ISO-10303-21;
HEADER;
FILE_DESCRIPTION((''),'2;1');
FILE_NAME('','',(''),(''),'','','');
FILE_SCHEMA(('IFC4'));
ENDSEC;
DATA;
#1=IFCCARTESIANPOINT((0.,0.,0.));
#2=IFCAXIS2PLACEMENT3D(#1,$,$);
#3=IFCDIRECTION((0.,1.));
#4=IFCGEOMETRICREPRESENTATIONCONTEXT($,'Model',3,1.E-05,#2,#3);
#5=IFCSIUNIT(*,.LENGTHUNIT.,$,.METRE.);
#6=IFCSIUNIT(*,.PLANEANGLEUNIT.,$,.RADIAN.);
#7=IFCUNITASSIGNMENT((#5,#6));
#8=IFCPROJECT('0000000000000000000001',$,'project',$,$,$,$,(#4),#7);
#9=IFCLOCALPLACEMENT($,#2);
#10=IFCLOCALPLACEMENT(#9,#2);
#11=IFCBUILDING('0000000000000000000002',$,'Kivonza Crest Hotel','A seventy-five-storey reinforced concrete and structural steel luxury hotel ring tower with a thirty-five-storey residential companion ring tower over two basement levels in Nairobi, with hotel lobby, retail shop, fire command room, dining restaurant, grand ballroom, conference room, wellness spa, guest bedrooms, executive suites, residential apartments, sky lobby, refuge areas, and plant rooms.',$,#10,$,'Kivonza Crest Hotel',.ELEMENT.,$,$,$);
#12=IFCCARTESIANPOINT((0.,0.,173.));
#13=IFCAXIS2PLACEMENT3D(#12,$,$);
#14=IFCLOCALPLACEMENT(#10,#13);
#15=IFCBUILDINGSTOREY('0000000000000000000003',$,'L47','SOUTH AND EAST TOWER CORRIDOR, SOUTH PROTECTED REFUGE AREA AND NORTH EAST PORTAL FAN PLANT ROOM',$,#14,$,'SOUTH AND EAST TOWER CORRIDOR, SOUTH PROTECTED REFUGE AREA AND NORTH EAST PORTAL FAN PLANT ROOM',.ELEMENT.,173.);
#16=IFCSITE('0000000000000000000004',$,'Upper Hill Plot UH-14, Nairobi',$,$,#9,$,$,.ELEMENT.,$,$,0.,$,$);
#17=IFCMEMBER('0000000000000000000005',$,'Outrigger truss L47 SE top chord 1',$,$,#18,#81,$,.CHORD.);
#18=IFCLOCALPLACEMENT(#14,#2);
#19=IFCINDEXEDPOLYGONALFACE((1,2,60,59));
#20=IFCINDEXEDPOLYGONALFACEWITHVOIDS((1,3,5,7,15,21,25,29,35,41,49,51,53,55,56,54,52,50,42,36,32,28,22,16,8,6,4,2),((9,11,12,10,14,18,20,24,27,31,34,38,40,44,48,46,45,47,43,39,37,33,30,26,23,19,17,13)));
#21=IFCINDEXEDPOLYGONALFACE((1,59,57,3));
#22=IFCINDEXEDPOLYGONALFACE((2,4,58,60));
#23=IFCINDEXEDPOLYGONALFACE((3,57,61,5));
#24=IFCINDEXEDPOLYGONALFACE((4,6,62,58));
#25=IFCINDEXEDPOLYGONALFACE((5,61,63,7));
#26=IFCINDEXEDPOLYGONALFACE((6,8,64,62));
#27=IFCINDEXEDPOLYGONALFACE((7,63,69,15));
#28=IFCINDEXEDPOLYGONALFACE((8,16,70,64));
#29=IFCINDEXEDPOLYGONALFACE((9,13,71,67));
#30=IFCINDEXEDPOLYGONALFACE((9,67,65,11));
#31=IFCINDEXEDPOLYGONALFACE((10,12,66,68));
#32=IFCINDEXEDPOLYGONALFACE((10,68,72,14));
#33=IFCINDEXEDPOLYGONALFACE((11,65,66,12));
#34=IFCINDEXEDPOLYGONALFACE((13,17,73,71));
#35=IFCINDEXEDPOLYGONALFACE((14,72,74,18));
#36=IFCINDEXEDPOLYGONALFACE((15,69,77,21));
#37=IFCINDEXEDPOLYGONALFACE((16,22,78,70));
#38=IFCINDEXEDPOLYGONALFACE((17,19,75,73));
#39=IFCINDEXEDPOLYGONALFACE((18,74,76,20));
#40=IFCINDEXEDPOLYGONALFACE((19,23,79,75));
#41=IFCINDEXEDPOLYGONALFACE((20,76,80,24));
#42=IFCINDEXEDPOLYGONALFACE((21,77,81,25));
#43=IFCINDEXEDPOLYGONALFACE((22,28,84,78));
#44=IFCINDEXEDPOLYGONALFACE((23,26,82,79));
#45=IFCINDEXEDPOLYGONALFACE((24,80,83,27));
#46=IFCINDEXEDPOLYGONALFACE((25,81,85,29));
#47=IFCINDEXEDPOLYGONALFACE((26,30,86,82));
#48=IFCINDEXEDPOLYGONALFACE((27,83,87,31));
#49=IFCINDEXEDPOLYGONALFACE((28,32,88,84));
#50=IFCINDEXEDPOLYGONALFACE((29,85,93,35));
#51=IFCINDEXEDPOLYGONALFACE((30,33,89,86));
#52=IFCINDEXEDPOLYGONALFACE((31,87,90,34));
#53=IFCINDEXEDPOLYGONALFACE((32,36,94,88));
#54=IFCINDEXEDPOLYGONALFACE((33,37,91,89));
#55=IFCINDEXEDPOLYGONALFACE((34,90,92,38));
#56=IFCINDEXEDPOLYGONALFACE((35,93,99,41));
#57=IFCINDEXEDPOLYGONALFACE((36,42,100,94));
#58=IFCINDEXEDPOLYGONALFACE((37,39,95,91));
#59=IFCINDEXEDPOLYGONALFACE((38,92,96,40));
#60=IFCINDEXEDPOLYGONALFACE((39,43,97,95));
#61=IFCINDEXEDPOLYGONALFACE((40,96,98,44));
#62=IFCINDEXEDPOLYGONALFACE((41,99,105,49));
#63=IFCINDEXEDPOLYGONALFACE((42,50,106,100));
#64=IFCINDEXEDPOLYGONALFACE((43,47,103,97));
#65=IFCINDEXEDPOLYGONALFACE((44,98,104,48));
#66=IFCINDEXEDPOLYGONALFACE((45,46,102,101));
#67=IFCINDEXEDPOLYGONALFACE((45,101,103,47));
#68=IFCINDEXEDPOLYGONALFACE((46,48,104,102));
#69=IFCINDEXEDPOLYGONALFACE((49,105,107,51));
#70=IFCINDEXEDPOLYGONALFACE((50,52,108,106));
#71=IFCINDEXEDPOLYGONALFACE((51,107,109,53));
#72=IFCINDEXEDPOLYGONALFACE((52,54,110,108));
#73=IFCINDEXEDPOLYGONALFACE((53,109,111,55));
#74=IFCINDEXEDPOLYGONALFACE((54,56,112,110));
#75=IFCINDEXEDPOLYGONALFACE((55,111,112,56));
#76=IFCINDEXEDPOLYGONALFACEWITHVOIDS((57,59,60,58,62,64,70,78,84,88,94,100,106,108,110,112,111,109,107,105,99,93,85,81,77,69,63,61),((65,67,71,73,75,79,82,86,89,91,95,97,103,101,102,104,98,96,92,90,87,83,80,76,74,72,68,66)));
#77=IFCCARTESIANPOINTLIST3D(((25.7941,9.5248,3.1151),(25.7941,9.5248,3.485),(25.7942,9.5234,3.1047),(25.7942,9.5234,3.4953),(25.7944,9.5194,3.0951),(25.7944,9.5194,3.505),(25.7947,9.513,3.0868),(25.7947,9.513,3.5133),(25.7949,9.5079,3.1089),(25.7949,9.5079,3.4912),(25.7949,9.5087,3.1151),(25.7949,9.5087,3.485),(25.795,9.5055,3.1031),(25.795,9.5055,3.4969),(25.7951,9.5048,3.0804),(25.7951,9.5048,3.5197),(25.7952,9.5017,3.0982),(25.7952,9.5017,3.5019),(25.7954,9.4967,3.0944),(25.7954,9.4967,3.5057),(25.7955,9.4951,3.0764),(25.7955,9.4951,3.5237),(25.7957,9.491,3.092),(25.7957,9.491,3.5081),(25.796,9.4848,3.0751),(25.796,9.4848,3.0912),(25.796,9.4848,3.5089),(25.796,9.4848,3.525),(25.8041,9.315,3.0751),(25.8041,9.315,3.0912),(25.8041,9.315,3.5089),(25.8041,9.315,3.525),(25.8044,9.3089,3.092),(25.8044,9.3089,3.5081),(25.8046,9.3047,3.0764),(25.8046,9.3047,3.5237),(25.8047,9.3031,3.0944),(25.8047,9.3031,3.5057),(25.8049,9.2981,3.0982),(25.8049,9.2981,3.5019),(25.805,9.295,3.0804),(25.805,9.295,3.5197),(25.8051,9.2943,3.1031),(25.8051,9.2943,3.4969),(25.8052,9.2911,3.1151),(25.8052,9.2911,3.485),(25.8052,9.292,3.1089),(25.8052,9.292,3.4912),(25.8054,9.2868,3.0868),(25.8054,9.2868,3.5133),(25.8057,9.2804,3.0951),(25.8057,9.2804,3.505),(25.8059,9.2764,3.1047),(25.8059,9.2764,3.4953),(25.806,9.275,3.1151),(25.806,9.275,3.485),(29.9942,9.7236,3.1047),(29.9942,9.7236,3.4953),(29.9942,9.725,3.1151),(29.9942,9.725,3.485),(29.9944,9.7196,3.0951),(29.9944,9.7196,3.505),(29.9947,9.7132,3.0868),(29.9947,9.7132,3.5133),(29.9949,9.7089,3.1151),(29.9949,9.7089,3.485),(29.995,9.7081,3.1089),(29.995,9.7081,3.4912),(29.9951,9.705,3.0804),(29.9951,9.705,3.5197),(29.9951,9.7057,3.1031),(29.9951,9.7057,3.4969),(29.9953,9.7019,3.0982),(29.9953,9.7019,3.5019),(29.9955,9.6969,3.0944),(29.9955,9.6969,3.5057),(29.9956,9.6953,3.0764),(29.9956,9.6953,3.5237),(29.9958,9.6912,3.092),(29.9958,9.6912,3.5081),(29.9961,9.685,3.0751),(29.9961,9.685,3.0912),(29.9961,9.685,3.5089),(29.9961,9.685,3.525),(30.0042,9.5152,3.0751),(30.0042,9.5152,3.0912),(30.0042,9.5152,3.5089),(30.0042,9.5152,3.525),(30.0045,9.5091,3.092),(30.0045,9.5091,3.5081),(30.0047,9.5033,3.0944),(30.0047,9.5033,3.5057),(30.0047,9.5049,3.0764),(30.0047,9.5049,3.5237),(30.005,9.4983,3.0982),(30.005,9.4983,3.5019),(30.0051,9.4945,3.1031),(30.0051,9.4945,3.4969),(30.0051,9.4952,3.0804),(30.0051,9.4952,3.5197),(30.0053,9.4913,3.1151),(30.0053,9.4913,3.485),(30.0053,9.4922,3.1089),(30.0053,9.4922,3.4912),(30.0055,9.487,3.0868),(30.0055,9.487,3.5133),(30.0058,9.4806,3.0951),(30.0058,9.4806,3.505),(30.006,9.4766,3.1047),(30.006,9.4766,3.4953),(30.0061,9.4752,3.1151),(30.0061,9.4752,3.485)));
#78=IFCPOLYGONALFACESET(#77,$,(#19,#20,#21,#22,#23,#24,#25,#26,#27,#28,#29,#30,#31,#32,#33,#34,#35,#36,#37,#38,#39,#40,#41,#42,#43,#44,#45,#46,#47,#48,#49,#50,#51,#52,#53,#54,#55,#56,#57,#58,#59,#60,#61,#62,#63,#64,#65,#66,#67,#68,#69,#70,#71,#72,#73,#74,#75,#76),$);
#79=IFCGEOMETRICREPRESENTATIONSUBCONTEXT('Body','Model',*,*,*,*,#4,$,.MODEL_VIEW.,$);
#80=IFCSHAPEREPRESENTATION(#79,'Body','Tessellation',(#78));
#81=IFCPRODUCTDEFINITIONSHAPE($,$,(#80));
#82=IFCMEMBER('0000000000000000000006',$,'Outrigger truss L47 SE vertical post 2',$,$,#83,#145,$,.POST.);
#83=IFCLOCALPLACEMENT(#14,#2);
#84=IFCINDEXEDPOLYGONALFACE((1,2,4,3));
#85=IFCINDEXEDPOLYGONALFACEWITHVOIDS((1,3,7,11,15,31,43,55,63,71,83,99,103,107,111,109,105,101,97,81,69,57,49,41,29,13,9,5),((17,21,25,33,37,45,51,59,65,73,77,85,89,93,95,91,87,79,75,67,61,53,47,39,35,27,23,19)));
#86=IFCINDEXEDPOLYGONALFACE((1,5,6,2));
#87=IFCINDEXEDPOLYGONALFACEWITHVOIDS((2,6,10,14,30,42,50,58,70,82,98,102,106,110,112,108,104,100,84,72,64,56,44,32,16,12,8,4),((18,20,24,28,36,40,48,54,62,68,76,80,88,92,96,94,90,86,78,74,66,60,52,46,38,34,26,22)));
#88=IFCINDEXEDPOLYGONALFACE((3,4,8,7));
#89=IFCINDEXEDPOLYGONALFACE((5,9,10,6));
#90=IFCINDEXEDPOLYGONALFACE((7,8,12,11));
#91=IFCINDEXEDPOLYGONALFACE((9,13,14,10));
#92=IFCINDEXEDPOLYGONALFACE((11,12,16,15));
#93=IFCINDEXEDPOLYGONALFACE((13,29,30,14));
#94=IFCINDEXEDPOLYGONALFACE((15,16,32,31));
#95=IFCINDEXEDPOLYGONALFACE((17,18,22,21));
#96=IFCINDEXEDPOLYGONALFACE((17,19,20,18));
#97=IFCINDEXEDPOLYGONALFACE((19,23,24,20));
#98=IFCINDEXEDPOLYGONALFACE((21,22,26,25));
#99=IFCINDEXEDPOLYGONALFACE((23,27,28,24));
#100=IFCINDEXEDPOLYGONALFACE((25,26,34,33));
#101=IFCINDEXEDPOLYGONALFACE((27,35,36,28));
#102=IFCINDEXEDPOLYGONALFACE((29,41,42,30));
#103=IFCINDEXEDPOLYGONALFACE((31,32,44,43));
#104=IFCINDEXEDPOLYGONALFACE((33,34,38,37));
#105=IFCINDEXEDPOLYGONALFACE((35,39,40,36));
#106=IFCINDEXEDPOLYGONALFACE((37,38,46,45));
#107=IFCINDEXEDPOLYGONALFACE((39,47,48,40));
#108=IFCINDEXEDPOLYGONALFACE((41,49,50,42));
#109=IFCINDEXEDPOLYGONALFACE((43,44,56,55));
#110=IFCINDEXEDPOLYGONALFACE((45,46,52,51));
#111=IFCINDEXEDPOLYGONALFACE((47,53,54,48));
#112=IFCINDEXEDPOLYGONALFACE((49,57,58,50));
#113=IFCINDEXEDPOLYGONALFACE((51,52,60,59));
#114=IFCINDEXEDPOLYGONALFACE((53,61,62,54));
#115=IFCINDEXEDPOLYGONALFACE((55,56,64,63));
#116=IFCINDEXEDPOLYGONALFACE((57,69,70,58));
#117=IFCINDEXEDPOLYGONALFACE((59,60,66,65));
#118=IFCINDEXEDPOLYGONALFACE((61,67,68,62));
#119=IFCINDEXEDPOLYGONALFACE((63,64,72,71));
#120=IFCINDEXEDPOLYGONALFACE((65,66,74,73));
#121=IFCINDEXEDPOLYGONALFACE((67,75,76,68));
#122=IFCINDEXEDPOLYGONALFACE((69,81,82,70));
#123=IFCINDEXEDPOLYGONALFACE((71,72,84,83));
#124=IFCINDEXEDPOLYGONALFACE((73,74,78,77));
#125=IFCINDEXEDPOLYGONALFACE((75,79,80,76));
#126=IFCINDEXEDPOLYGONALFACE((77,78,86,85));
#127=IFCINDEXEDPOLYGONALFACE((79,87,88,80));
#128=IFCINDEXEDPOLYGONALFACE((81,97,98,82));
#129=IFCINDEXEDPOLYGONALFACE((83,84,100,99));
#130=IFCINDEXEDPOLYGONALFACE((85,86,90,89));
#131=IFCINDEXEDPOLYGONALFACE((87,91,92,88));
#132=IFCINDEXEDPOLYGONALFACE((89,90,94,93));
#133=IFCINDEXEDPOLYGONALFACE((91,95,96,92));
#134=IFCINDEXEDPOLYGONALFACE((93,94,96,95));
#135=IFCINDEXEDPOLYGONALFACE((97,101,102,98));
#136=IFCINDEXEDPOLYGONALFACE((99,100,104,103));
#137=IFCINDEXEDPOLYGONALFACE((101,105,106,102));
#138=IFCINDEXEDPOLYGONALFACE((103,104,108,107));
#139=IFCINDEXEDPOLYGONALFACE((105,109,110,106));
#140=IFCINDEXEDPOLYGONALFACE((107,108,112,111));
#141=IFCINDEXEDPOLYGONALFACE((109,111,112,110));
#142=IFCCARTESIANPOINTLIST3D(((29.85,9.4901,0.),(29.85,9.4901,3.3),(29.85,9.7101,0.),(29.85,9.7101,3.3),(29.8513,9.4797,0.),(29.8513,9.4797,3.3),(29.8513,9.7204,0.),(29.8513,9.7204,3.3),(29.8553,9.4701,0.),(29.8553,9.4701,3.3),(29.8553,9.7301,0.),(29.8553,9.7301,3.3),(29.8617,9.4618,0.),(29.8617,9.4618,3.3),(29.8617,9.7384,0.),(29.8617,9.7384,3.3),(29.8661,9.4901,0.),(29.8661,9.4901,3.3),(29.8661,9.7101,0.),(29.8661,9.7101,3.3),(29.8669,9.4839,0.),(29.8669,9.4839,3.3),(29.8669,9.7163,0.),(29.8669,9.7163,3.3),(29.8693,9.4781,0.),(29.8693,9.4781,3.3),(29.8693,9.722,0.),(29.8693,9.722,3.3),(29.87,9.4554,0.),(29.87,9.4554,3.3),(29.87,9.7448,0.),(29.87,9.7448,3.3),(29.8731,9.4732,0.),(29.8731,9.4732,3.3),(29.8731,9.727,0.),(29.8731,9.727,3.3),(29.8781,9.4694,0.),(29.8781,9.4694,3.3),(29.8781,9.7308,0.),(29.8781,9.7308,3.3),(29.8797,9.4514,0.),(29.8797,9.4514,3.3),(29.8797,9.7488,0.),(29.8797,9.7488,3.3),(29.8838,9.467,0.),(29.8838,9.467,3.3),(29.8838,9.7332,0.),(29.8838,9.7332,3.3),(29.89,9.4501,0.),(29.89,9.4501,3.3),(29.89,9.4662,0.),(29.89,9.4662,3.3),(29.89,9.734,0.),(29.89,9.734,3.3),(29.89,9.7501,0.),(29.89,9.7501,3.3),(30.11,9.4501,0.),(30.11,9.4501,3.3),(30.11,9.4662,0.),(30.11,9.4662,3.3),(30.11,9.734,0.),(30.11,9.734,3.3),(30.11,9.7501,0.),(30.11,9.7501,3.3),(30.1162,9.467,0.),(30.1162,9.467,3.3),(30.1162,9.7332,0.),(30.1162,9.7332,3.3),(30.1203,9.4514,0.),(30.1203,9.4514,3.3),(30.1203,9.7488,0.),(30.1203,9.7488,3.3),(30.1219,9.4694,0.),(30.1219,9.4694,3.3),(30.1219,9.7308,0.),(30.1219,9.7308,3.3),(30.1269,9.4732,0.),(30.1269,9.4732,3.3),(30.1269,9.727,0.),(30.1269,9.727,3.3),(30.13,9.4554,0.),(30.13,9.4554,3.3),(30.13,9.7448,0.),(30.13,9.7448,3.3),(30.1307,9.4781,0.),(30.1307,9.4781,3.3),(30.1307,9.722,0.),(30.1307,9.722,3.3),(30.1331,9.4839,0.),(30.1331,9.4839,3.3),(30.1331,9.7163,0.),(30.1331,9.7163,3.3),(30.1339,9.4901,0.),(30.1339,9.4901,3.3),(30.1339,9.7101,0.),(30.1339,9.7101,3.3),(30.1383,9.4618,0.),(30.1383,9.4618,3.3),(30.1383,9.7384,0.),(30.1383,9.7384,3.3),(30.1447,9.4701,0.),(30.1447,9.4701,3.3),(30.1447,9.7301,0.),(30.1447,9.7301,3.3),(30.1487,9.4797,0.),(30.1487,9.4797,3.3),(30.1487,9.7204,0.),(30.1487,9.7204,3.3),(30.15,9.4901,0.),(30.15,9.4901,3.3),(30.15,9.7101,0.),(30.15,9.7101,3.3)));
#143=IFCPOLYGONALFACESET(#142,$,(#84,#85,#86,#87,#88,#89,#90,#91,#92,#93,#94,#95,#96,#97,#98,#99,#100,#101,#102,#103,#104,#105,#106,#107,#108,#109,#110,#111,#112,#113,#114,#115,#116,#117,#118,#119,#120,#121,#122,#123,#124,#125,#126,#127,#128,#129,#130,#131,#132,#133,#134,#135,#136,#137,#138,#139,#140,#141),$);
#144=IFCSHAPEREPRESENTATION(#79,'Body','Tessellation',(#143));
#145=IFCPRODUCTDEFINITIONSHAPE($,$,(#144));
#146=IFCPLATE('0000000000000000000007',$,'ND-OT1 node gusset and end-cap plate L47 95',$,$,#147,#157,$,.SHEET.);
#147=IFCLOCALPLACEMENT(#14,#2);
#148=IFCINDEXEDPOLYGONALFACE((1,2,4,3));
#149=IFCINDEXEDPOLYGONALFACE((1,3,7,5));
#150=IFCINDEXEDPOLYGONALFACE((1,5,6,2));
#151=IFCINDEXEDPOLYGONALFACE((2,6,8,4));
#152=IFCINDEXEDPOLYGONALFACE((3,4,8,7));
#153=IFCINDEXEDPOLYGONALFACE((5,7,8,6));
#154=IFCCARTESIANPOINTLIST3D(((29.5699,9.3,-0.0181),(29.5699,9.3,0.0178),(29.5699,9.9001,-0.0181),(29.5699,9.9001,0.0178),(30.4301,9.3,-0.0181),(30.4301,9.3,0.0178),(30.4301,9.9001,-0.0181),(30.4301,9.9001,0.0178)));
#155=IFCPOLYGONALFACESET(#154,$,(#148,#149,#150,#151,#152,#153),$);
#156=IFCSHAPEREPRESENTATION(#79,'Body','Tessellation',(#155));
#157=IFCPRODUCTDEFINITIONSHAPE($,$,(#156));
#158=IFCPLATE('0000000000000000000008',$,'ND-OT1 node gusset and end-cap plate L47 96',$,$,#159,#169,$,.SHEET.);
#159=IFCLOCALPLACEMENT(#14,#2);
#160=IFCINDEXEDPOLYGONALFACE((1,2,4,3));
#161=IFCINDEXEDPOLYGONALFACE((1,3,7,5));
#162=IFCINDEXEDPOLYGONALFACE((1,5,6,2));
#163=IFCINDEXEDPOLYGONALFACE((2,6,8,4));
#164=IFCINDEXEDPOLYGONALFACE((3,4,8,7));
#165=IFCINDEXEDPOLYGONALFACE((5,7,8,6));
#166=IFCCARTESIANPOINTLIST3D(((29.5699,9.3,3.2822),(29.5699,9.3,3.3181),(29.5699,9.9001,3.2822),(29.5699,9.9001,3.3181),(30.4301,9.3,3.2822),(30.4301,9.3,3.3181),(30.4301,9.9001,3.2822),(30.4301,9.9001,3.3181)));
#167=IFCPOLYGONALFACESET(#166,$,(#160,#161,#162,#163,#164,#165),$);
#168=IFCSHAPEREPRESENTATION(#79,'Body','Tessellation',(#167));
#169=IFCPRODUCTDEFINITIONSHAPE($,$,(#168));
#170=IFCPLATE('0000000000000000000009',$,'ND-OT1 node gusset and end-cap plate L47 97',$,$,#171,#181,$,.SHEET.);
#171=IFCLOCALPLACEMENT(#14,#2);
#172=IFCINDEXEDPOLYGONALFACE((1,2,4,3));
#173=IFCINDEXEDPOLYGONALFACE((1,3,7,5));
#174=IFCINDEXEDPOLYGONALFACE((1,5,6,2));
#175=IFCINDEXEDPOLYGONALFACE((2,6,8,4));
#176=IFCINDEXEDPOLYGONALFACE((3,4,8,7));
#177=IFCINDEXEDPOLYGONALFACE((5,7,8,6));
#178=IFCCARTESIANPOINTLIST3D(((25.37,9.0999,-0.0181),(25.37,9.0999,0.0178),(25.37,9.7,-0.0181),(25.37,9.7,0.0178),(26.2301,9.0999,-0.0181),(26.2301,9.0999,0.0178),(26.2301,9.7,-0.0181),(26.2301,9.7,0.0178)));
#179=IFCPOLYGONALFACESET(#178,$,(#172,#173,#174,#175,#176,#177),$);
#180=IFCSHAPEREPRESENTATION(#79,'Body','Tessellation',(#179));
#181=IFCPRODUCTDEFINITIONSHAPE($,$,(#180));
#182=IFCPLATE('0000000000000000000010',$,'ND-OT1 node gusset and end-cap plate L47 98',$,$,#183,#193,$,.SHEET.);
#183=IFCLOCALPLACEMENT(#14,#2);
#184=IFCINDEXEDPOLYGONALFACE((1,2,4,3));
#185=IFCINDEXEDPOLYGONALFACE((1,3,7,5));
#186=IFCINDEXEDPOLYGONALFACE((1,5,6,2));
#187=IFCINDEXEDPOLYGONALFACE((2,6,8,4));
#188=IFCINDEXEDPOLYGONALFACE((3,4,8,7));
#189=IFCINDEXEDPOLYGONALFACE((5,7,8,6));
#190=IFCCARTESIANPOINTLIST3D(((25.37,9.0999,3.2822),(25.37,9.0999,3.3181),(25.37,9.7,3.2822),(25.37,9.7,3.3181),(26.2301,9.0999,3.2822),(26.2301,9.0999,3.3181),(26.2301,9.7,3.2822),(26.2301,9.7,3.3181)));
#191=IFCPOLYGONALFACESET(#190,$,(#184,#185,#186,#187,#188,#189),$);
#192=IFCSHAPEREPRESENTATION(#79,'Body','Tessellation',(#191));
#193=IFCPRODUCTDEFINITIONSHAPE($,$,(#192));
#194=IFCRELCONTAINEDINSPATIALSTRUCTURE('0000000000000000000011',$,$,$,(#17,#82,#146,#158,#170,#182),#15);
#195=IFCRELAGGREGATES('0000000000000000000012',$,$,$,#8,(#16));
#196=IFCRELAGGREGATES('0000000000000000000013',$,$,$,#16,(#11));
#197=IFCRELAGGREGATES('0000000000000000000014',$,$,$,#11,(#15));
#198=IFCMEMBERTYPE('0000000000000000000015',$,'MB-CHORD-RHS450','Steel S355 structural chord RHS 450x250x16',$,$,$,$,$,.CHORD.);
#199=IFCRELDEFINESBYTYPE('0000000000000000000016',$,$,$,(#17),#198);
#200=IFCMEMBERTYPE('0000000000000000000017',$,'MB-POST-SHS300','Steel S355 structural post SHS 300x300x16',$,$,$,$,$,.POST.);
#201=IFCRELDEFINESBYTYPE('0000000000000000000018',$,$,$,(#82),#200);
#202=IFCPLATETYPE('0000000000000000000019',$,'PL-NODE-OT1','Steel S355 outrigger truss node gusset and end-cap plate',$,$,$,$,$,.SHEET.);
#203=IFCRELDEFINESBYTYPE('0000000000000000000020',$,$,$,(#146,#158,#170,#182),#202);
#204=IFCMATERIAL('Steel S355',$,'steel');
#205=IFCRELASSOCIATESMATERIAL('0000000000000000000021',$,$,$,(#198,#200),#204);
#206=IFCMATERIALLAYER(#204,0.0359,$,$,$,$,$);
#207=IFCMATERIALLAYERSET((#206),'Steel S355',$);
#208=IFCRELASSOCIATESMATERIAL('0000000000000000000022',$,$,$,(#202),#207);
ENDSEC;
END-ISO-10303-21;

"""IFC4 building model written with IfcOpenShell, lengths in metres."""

from ifc_helpers import new_model, si_unit, direction, frame, origin, origin_2d, place, context, subcontext, project, spatial, rectangle, hollow_rectangle, extrude, material, layer, layer_set, material_profile, profile_set, type_object, element, save


model = new_model("IFC4")

# Units and contexts
model_context = context("Model", 3, precision=1e-05, world=origin(), true_north=direction((0.0, 1.0)))
body_context = subcontext(model_context, "Body", "Model", "MODEL_VIEW")
ifc_project = project(units=[si_unit("LENGTHUNIT", "METRE"), si_unit("PLANEANGLEUNIT", "RADIAN")], contexts=[model_context])

# Site, building, storey
site_placement = place(None, origin())
site = spatial("IfcSite", under=ifc_project, at=site_placement, Name="Upper Hill Plot UH-14, Nairobi", CompositionType="ELEMENT", RefElevation=0.0)
building_placement = place(site_placement, origin())
building = spatial("IfcBuilding", under=site, at=building_placement, Name="Kivonza Crest Hotel", Description="A seventy-five-storey reinforced concrete and structural steel luxury hotel ring tower with a thirty-five-storey residential companion ring tower over two basement levels in Nairobi, with hotel lobby, retail shop, fire command room, dining restaurant, grand ballroom, conference room, wellness spa, guest bedrooms, executive suites, residential apartments, sky lobby, refuge areas, and plant rooms.", LongName="Kivonza Crest Hotel", CompositionType="ELEMENT")
storey_placement = place(building_placement, frame((0.0, 0.0, 173.0)))
storey = spatial("IfcBuildingStorey", under=building, at=storey_placement, Name="L47", Description="SOUTH AND EAST TOWER CORRIDOR, SOUTH PROTECTED REFUGE AREA AND NORTH EAST PORTAL FAN PLANT ROOM", LongName="SOUTH AND EAST TOWER CORRIDOR, SOUTH PROTECTED REFUGE AREA AND NORTH EAST PORTAL FAN PLANT ROOM", CompositionType="ELEMENT", Elevation=173.0)

# Shared definitions
ifc_material_1 = material(Name="Steel S355", Category="steel")

# Members
ifc_material_profile_1 = material_profile(ifc_material_1, hollow_rectangle(XDim=0.25, YDim=0.45, WallThickness=0.0161, InnerFilletRadius=0.0239, OuterFilletRadius=0.04, at=origin_2d()), Name="RHS 450x250x16")
ifc_profile_set_1 = profile_set([ifc_material_profile_1], Name="Steel S355")
member_type_1 = type_object("IfcMemberType", Name="MB-CHORD-RHS450", Description="Steel S355 structural chord RHS 450x250x16", PredefinedType="CHORD", material=ifc_profile_set_1)
for number, where, z_axis, x_axis, name in (
    (1, (25.8, 9.3999, 3.3), (0.998866, 0.047612, 0.0), (-0.047612, 0.998866, 0.0), "Outrigger truss L47 SE top chord 1"),
):
    element("IfcMember", number, at=place(storey_placement, frame(where, z_axis=z_axis, x_axis=x_axis)), inside=storey, type_object=member_type_1, Name=name, PredefinedType="CHORD", context=body_context, shape_type="SweptSolid", body=[
        extrude(hollow_rectangle(XDim=0.25, YDim=0.45, WallThickness=0.0161, InnerFilletRadius=0.0239, OuterFilletRadius=0.04, at=origin_2d()), origin(), (0.0, 0.0, 1.0), 4.2048),
    ])
ifc_material_profile_2 = material_profile(ifc_material_1, hollow_rectangle(XDim=0.3, YDim=0.3, WallThickness=0.0161, InnerFilletRadius=0.0239, OuterFilletRadius=0.04, at=origin_2d()), Name="SHS 300x300x16")
ifc_profile_set_2 = profile_set([ifc_material_profile_2], Name="Steel S355")
member_type_2 = type_object("IfcMemberType", Name="MB-POST-SHS300", Description="Steel S355 structural post SHS 300x300x16", PredefinedType="POST", material=ifc_profile_set_2)
member_1_placement = place(storey_placement, frame((30.0, 9.6001, 0.0), z_axis=(0.0, 0.0, 1.0), x_axis=(1.0, 0.0, 0.0)))
element("IfcMember", 2, at=member_1_placement, inside=storey, type_object=member_type_2, Name="Outrigger truss L47 SE vertical post 2", PredefinedType="POST", context=body_context, shape_type="SweptSolid", body=[
    extrude(hollow_rectangle(XDim=0.3, YDim=0.3, WallThickness=0.0161, InnerFilletRadius=0.0239, OuterFilletRadius=0.04, at=origin_2d()), origin(), (0.0, 0.0, 1.0), 3.3),
])

# Plates
ifc_layer_1 = layer(ifc_material_1, 0.0359)
ifc_layer_set_1 = layer_set([ifc_layer_1], Name="Steel S355")
plate_type = type_object("IfcPlateType", Name="PL-NODE-OT1", Description="Steel S355 outrigger truss node gusset and end-cap plate", PredefinedType="SHEET", material=ifc_layer_set_1)
for number, where, z_axis, x_axis, name in (
    (3, (30.0, 9.6001, -0.0181), (0.0, 0.0, 1.0), (1.0, 0.0, 0.0), "ND-OT1 node gusset and end-cap plate L47 95"),
    (4, (30.0, 9.6001, 3.2822), (0.0, 0.0, 1.0), (1.0, 0.0, 0.0), "ND-OT1 node gusset and end-cap plate L47 96"),
    (5, (25.8, 9.3999, -0.0181), (0.0, 0.0, 1.0), (1.0, 0.0, 0.0), "ND-OT1 node gusset and end-cap plate L47 97"),
    (6, (25.8, 9.3999, 3.2822), (0.0, 0.0, 1.0), (1.0, 0.0, 0.0), "ND-OT1 node gusset and end-cap plate L47 98"),
):
    element("IfcPlate", number, at=place(storey_placement, frame(where, z_axis=z_axis, x_axis=x_axis)), inside=storey, type_object=plate_type, Name=name, PredefinedType="SHEET", context=body_context, shape_type="SweptSolid", body=[
        extrude(rectangle(XDim=0.8601, YDim=0.6001, at=origin_2d()), origin(), (0.0, 0.0, 1.0), 0.0359),
    ])

save(model, "model.ifc")
